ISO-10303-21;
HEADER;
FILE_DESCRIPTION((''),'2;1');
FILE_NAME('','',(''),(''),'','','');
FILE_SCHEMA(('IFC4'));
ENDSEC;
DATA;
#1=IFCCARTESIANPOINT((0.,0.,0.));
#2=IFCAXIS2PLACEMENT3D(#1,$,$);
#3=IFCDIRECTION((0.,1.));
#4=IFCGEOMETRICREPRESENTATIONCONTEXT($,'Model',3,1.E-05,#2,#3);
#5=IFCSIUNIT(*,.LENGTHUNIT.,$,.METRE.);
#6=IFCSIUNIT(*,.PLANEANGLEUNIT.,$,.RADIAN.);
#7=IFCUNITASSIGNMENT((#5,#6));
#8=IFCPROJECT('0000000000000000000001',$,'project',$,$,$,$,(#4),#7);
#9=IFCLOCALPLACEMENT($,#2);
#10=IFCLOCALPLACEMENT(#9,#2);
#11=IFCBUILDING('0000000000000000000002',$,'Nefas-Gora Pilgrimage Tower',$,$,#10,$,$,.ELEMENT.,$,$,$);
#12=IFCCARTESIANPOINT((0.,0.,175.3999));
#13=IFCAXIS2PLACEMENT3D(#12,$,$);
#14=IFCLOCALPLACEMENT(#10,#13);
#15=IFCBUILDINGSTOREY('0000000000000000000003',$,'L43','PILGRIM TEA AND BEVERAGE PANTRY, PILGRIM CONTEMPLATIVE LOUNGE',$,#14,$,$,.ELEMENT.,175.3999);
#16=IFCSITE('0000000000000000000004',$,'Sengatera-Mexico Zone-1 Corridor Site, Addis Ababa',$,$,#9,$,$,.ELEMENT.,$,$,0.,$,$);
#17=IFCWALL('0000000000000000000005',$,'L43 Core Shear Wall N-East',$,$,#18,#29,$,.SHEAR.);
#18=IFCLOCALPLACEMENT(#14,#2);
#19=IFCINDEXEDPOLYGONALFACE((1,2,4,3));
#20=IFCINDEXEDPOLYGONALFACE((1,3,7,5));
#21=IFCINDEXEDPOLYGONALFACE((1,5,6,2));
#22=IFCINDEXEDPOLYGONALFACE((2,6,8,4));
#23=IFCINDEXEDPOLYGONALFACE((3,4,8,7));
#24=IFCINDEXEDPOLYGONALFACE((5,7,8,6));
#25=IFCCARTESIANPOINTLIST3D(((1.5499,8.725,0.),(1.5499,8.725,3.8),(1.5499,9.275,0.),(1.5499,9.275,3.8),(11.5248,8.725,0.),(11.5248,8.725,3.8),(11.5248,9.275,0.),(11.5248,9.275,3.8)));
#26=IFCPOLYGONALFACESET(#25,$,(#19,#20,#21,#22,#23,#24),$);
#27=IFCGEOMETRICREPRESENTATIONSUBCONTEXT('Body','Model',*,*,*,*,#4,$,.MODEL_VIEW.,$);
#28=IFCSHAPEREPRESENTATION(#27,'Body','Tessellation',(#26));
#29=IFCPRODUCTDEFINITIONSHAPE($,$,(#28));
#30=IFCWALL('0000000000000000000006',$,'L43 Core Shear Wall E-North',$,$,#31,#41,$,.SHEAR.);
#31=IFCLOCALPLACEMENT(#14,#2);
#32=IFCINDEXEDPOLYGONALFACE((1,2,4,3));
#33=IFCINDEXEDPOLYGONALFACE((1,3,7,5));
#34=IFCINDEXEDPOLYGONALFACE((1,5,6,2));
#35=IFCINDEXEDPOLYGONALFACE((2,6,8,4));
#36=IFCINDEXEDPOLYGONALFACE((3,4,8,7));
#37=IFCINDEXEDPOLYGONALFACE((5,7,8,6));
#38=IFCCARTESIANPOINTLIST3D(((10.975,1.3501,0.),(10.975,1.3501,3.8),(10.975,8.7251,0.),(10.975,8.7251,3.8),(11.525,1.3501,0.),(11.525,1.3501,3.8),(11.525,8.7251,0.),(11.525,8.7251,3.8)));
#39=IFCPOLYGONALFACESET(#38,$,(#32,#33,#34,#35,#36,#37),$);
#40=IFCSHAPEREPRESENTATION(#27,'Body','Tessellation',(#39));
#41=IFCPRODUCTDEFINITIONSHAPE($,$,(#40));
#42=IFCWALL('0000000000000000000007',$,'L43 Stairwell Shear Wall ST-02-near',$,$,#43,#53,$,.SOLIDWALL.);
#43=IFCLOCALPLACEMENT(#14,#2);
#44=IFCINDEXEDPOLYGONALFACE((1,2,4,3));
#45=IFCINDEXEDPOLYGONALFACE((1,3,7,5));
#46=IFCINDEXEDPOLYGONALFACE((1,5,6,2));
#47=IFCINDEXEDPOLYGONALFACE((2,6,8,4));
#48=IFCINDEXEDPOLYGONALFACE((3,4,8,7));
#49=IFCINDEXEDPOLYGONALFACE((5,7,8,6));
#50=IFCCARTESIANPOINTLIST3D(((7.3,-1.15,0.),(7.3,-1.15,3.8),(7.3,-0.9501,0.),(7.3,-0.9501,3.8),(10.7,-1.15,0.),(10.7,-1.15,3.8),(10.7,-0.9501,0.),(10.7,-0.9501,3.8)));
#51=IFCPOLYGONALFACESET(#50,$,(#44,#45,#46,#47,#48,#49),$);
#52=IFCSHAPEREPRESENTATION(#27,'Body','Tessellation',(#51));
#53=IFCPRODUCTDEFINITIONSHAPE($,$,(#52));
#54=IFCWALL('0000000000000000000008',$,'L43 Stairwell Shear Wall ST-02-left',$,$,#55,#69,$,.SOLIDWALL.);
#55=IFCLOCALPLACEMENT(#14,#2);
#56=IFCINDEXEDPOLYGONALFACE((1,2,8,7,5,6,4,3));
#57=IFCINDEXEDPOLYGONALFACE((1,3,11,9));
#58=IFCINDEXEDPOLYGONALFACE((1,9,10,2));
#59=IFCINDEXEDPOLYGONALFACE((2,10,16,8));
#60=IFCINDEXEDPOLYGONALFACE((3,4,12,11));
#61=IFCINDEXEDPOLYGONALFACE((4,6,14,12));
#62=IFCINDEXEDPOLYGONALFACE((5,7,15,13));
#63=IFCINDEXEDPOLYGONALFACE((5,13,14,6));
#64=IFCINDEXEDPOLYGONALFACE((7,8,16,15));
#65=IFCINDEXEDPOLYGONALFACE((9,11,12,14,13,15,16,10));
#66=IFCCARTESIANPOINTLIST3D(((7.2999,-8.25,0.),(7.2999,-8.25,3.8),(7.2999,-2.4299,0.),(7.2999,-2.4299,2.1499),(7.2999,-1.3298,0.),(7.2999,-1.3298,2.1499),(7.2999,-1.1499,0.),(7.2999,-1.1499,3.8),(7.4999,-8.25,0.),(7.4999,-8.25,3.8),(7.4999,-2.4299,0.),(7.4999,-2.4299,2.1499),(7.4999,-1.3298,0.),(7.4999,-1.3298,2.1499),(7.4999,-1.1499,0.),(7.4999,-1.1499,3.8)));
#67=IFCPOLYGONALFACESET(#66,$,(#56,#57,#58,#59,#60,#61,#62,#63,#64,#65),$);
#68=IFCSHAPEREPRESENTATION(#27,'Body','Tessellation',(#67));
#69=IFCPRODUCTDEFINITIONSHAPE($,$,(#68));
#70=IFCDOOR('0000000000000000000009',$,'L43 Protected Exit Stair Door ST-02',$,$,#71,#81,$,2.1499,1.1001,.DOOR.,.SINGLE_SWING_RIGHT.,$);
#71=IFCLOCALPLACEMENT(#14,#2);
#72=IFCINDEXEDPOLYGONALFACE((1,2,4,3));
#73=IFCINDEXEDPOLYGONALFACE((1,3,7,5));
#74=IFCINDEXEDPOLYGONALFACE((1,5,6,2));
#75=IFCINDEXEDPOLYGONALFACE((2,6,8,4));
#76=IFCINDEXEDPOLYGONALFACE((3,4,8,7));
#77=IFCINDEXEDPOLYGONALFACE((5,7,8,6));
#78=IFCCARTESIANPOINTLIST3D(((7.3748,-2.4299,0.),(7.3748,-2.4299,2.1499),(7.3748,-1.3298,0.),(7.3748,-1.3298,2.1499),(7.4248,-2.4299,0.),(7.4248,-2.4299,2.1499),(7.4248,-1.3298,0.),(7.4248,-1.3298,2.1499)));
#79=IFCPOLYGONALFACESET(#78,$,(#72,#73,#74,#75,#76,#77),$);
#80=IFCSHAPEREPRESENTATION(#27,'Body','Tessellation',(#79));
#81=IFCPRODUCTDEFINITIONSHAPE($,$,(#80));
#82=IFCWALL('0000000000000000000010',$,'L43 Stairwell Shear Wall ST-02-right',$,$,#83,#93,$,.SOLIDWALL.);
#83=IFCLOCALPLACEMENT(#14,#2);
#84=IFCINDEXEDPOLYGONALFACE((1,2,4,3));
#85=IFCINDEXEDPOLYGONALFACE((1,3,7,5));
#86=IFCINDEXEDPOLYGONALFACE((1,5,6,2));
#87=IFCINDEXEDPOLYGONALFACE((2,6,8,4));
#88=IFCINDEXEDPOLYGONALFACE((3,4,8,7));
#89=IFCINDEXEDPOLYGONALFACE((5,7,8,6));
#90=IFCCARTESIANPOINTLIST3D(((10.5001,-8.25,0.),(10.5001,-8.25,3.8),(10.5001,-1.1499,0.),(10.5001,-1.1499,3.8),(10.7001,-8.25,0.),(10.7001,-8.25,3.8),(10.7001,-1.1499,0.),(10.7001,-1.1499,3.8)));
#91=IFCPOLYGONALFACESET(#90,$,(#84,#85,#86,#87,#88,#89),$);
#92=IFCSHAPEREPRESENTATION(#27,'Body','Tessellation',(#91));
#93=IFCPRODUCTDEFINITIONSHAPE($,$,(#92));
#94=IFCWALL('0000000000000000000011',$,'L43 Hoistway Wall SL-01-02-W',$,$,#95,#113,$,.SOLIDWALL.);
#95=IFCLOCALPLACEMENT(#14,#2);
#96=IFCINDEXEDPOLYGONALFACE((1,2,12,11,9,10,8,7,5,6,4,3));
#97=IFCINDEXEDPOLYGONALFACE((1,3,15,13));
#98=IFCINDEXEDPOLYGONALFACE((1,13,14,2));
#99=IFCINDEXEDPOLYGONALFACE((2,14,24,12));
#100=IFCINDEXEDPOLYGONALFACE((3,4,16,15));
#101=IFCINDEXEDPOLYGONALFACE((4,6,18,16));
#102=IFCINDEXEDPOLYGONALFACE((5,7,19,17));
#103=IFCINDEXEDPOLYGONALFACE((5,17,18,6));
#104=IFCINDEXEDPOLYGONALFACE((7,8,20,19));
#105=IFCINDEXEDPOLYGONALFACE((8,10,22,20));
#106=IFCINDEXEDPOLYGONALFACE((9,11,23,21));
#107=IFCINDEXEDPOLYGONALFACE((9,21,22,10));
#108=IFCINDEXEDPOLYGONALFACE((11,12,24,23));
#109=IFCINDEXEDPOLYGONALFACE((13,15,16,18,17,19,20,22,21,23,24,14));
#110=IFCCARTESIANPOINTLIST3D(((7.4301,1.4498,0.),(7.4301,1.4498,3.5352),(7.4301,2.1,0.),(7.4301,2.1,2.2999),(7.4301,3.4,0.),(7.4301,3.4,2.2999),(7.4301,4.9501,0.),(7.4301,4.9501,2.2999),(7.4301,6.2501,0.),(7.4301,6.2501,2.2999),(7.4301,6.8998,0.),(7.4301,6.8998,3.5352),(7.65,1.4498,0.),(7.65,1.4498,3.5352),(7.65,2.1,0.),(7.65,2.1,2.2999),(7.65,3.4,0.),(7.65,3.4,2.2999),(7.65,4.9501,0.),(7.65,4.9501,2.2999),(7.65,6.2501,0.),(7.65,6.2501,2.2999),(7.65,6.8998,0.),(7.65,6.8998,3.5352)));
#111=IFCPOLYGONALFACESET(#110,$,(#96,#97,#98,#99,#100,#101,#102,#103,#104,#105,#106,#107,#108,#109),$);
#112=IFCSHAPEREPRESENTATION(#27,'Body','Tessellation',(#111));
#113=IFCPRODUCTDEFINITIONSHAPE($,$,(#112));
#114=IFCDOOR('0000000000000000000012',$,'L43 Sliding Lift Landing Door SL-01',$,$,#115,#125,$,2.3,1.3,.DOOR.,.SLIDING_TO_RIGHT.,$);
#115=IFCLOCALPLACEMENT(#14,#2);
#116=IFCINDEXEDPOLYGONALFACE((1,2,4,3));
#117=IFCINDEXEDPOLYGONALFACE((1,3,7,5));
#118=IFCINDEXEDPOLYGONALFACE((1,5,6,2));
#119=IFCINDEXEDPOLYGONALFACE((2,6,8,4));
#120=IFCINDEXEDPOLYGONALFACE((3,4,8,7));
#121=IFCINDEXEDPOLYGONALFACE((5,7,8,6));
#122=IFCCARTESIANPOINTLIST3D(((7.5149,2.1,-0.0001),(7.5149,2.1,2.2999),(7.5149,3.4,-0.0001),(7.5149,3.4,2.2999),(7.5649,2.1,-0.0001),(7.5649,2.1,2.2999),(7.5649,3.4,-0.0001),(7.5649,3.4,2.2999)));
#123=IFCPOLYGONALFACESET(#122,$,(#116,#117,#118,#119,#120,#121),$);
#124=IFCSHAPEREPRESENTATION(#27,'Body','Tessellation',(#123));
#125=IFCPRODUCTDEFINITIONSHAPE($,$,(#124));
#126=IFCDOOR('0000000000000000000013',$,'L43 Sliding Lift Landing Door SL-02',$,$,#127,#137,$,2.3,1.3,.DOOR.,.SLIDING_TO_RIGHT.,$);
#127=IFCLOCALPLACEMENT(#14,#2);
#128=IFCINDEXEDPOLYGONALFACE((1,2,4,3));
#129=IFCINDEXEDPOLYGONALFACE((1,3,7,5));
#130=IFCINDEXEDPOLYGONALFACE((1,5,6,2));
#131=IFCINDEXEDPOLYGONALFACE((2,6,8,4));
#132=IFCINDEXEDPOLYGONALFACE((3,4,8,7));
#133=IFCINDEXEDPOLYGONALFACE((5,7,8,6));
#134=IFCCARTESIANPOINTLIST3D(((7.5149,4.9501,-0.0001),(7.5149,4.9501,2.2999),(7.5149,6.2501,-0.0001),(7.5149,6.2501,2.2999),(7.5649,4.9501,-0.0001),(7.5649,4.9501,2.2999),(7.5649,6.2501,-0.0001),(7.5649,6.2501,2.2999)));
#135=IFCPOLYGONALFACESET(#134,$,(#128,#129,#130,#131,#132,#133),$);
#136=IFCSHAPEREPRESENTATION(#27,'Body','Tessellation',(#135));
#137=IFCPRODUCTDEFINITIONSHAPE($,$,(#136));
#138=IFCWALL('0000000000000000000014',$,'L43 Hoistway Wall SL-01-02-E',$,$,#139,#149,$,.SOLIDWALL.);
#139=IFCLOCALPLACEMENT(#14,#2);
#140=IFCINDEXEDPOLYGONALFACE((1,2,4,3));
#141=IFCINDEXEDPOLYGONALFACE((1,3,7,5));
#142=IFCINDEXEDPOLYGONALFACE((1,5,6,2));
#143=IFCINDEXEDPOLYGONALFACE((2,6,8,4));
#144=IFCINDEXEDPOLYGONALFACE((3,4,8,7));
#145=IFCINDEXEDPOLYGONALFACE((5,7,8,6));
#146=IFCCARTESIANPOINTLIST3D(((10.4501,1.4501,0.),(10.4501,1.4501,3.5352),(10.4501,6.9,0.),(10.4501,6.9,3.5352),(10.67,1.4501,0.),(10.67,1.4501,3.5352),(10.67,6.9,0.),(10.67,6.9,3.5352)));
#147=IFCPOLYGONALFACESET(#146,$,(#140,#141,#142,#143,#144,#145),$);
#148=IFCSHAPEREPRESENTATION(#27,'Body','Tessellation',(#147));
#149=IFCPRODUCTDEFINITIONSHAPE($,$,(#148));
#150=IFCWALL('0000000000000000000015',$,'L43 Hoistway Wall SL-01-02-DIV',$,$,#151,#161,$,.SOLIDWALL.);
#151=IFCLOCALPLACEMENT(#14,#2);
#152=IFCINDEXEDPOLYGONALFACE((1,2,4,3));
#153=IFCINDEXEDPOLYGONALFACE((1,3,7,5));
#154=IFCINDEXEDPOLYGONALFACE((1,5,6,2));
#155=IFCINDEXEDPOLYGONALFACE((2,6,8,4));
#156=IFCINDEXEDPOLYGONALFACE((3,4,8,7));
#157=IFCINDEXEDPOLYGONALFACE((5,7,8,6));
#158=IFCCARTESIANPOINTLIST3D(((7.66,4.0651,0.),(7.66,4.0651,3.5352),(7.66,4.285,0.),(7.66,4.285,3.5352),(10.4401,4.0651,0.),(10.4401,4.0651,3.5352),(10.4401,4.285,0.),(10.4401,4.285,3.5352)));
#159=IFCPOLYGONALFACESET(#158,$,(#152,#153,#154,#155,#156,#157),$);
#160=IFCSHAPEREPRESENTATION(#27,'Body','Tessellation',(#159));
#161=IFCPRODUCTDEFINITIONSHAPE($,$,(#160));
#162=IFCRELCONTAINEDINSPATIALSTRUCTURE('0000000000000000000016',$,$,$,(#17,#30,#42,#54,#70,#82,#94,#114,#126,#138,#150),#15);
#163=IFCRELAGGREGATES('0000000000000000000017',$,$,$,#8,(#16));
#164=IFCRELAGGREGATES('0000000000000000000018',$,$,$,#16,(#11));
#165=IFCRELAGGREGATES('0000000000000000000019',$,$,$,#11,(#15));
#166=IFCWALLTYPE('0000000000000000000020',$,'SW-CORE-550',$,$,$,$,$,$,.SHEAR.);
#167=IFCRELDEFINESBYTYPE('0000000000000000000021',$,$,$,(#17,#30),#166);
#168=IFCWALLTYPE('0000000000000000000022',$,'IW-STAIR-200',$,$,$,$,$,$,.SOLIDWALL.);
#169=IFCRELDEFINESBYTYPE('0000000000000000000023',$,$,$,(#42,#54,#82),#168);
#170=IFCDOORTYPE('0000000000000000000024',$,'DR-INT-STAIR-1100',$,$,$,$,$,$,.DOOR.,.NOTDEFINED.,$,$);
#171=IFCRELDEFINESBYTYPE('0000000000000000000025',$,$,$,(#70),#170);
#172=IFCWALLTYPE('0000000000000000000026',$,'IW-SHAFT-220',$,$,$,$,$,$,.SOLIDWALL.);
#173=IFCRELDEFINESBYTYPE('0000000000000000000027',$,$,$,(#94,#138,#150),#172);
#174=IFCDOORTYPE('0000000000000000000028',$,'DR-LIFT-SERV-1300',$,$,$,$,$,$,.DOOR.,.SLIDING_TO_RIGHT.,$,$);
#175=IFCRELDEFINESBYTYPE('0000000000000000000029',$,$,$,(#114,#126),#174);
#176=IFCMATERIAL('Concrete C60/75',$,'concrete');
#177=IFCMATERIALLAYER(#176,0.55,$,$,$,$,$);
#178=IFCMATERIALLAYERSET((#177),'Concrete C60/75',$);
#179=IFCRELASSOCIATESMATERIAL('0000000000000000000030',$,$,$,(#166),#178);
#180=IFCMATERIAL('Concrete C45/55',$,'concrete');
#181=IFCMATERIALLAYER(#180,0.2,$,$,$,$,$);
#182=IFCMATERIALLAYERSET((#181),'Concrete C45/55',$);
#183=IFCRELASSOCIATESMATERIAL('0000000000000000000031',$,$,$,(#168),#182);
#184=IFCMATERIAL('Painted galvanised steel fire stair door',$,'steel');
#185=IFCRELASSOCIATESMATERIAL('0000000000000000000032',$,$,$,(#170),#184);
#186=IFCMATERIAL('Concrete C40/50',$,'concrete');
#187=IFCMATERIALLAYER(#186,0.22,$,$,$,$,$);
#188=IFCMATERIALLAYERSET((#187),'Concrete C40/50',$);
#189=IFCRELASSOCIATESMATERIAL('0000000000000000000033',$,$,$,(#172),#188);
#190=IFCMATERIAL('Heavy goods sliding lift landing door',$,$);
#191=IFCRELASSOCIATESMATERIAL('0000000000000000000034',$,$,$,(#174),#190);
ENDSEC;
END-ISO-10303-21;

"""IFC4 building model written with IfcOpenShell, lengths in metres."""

from ifc_helpers import new_model, si_unit, direction, frame, frame_2d, origin, place, context, subcontext, project, spatial, rectangle, extrude, source, transform, mapped, material, layer, layer_set, type_object, element, fill, save


model = new_model("IFC4")

# Units and contexts
model_context = context("Model", 3, precision=1e-05, world=origin(), true_north=direction((0.0, 1.0)))
body_context = subcontext(model_context, "Body", "Model", "MODEL_VIEW")
ifc_project = project(units=[si_unit("LENGTHUNIT", "METRE"), si_unit("PLANEANGLEUNIT", "RADIAN")], contexts=[model_context])

# Site, building, storey
site_placement = place(None, origin())
site = spatial("IfcSite", under=ifc_project, at=site_placement, Name="Sengatera-Mexico Zone-1 Corridor Site, Addis Ababa", CompositionType="ELEMENT", RefElevation=0.0)
building_placement = place(site_placement, origin())
building = spatial("IfcBuilding", under=site, at=building_placement, Name="Nefas-Gora Pilgrimage Tower", CompositionType="ELEMENT")
storey_placement = place(building_placement, frame((0.0, 0.0, 175.3999)))
storey = spatial("IfcBuildingStorey", under=building, at=storey_placement, Name="L43", Description="PILGRIM TEA AND BEVERAGE PANTRY, PILGRIM CONTEMPLATIVE LOUNGE", CompositionType="ELEMENT", Elevation=175.3999)

# Shared definitions
ifc_material_1 = material(Name="Concrete C40/50", Category="concrete")

# Shared definitions
ifc_material_2 = material(Name="Concrete C45/55", Category="concrete")

# Walls
ifc_material_3 = material(Name="Concrete C60/75", Category="concrete")
ifc_layer_1 = layer(ifc_material_3, 0.55)
ifc_layer_set_1 = layer_set([ifc_layer_1], Name="Concrete C60/75")
wall_type_1 = type_object("IfcWallType", Name="SW-CORE-550", PredefinedType="SHEAR", material=ifc_layer_set_1)
shared_shape_1 = source(origin(), body_context, "Body", "SweptSolid", [
    extrude(rectangle(XDim=9.9749, YDim=0.55, at=frame_2d((4.9873, 0.0))), origin(), (0.0, 0.0, 1.0), 3.8),
])
wall_1_placement = place(storey_placement, frame((1.55, 9.0, 0.0), z_axis=(0.0, 0.0, 1.0), x_axis=(1.0, 0.0, 0.0)))
element("IfcWall", 1, at=wall_1_placement, inside=storey, type_object=wall_type_1, Name="L43 Core Shear Wall N-East", PredefinedType="SHEAR", context=body_context, shape_type="MappedRepresentation", body=[
    mapped(shared_shape_1, transform((0.0, 0.0, 0.0), x_axis=(1.0, 0.0, 0.0), y_axis=(0.0, 1.0, 0.0), z_axis=(0.0, 0.0, 1.0), scale=1.0)),
])
shared_shape_2 = source(origin(), body_context, "Body", "SweptSolid", [
    extrude(rectangle(XDim=7.375, YDim=0.55, at=frame_2d((3.6875, 0.0))), origin(), (0.0, 0.0, 1.0), 3.8),
])
wall_2_placement = place(storey_placement, frame((11.25, 1.3501, 0.0), z_axis=(0.0, 0.0, 1.0), x_axis=(0.0, 1.0, 0.0)))
element("IfcWall", 2, at=wall_2_placement, inside=storey, type_object=wall_type_1, Name="L43 Core Shear Wall E-North", PredefinedType="SHEAR", context=body_context, shape_type="MappedRepresentation", body=[
    mapped(shared_shape_2, transform((0.0, 0.0, 0.0), x_axis=(1.0, 0.0, 0.0), y_axis=(0.0, 1.0, 0.0), z_axis=(0.0, 0.0, 1.0), scale=1.0)),
])
ifc_layer_2 = layer(ifc_material_2, 0.2)
ifc_layer_set_2 = layer_set([ifc_layer_2], Name="Concrete C45/55")
wall_type_2 = type_object("IfcWallType", Name="IW-STAIR-200", PredefinedType="SOLIDWALL", material=ifc_layer_set_2)
shared_shape_3 = source(origin(), body_context, "Body", "SweptSolid", [
    extrude(rectangle(XDim=3.3999, YDim=0.2, at=frame_2d((1.7, 0.0))), origin(), (0.0, 0.0, 1.0), 3.8),
])
wall_3_placement = place(storey_placement, frame((7.3, -1.05, 0.0), z_axis=(0.0, 0.0, 1.0), x_axis=(1.0, 0.0, 0.0)))
element("IfcWall", 3, at=wall_3_placement, inside=storey, type_object=wall_type_2, Name="L43 Stairwell Shear Wall ST-02-near", PredefinedType="SOLIDWALL", context=body_context, shape_type="MappedRepresentation", body=[
    mapped(shared_shape_3, transform((0.0, 0.0, 0.0), x_axis=(1.0, 0.0, 0.0), y_axis=(0.0, 1.0, 0.0), z_axis=(0.0, 0.0, 1.0), scale=1.0)),
])

# Wall, opening, door
shared_shape_4 = source(origin(), body_context, "Body", "SweptSolid", [
    extrude(rectangle(XDim=7.1001, YDim=0.2, at=frame_2d((3.55, 0.0))), origin(), (0.0, 0.0, 1.0), 3.8),
])
wall_4_placement = place(storey_placement, frame((7.3999, -1.1499, 0.0), z_axis=(0.0, 0.0, 1.0), x_axis=(0.0, -1.0, 0.0)))
wall_4 = element("IfcWall", 4, at=wall_4_placement, inside=storey, type_object=wall_type_2, Name="L43 Stairwell Shear Wall ST-02-left", PredefinedType="SOLIDWALL", context=body_context, shape_type="MappedRepresentation", body=[
    mapped(shared_shape_4, transform((0.0, 0.0, 0.0), x_axis=(1.0, 0.0, 0.0), y_axis=(0.0, 1.0, 0.0), z_axis=(0.0, 0.0, 1.0), scale=1.0)),
])
opening_1_placement = place(wall_4_placement, frame((0.1799, 0.0, 0.0)))
opening_1 = element("IfcOpeningElement", 5, at=opening_1_placement, cuts=wall_4, PredefinedType="OPENING", context=body_context, shape_type="SweptSolid", body=[
    extrude(rectangle(XDim=1.1001, YDim=2.1499, at=frame_2d((0.55, 1.075))), frame((0.0, 0.1099, 0.0), z_axis=(0.0, -1.0, 0.0), x_axis=(1.0, 0.0, 0.0)), (0.0, 0.0, 1.0), 0.22),
])
ifc_material_4 = material(Name="Painted galvanised steel fire stair door", Category="steel")
door_type_1 = type_object("IfcDoorType", Name="DR-INT-STAIR-1100", OperationType="NOTDEFINED", PredefinedType="DOOR", material=ifc_material_4)
shared_shape_5 = source(origin(), body_context, "Body", "SweptSolid", [
    extrude(rectangle(XDim=1.1001, YDim=2.1499, at=frame_2d((0.55, 1.075))), frame((0.0, 0.0249, 0.0), z_axis=(0.0, -1.0, 0.0), x_axis=(1.0, 0.0, 0.0)), (0.0, 0.0, 1.0), 0.05),
])
door_1_placement = place(opening_1_placement, origin())
door_1 = element("IfcDoor", 6, at=door_1_placement, inside=storey, type_object=door_type_1, Name="L43 Protected Exit Stair Door ST-02", OperationType="SINGLE_SWING_RIGHT", OverallHeight=2.1499, OverallWidth=1.1001, PredefinedType="DOOR", context=body_context, shape_type="MappedRepresentation", body=[
    mapped(shared_shape_5, transform((0.0, 0.0, 0.0), x_axis=(1.0, 0.0, 0.0), y_axis=(0.0, 1.0, 0.0), z_axis=(0.0, 0.0, 1.0), scale=1.0)),
])
fill(opening_1, door_1)

# Wall
wall_5_placement = place(storey_placement, frame((10.6001, -1.1499, 0.0), z_axis=(0.0, 0.0, 1.0), x_axis=(0.0, -1.0, 0.0)))
element("IfcWall", 7, at=wall_5_placement, inside=storey, type_object=wall_type_2, Name="L43 Stairwell Shear Wall ST-02-right", PredefinedType="SOLIDWALL", context=body_context, shape_type="MappedRepresentation", body=[
    mapped(shared_shape_4, transform((0.0, 0.0, 0.0), x_axis=(1.0, 0.0, 0.0), y_axis=(0.0, 1.0, 0.0), z_axis=(0.0, 0.0, 1.0), scale=1.0)),
])

# Wall, openings, doors
ifc_layer_3 = layer(ifc_material_1, 0.22)
ifc_layer_set_3 = layer_set([ifc_layer_3], Name="Concrete C40/50")
wall_type_3 = type_object("IfcWallType", Name="IW-SHAFT-220", PredefinedType="SOLIDWALL", material=ifc_layer_set_3)
shared_shape_6 = source(origin(), body_context, "Body", "SweptSolid", [
    extrude(rectangle(XDim=5.45, YDim=0.22, at=frame_2d((2.7251, 0.0))), origin(), (0.0, 0.0, 1.0), 3.5352),
])
wall_6_placement = place(storey_placement, frame((7.54, 6.8999, 0.0), z_axis=(0.0, 0.0, 1.0), x_axis=(0.0, -1.0, 0.0)))
wall_6 = element("IfcWall", 8, at=wall_6_placement, inside=storey, type_object=wall_type_3, Name="L43 Hoistway Wall SL-01-02-W", PredefinedType="SOLIDWALL", context=body_context, shape_type="MappedRepresentation", body=[
    mapped(shared_shape_6, transform((0.0, 0.0, 0.0), x_axis=(1.0, 0.0, 0.0), y_axis=(0.0, 1.0, 0.0), z_axis=(0.0, 0.0, 1.0), scale=1.0)),
])
opening_2_placement = place(wall_6_placement, frame((3.5, 0.0, 0.0)))
opening_2 = element("IfcOpeningElement", 9, at=opening_2_placement, cuts=wall_6, PredefinedType="OPENING", context=body_context, shape_type="SweptSolid", body=[
    extrude(rectangle(XDim=1.3, YDim=2.3, at=frame_2d((0.6499, 1.1499))), frame((0.0, 0.1199, 0.0), z_axis=(0.0, -1.0, 0.0), x_axis=(1.0, 0.0, 0.0)), (0.0, 0.0, 1.0), 0.24),
])
opening_3_placement = place(wall_6_placement, frame((0.6499, 0.0, 0.0)))
opening_3 = element("IfcOpeningElement", 10, at=opening_3_placement, cuts=wall_6, PredefinedType="OPENING", context=body_context, shape_type="SweptSolid", body=[
    extrude(rectangle(XDim=1.3, YDim=2.3, at=frame_2d((0.6499, 1.1499))), frame((0.0, 0.1199, 0.0), z_axis=(0.0, -1.0, 0.0), x_axis=(1.0, 0.0, 0.0)), (0.0, 0.0, 1.0), 0.24),
])
ifc_material_5 = material(Name="Heavy goods sliding lift landing door")
door_type_2 = type_object("IfcDoorType", Name="DR-LIFT-SERV-1300", OperationType="SLIDING_TO_RIGHT", PredefinedType="DOOR", material=ifc_material_5)
shared_shape_7 = source(origin(), body_context, "Body", "SweptSolid", [
    extrude(rectangle(XDim=1.3, YDim=2.3, at=frame_2d((0.6499, 1.1499))), frame((0.0, 0.0249, 0.0), z_axis=(0.0, -1.0, 0.0), x_axis=(1.0, 0.0, 0.0)), (0.0, 0.0, 1.0), 0.05),
])
door_2_placement = place(opening_2_placement, origin())
door_2 = element("IfcDoor", 11, at=door_2_placement, inside=storey, type_object=door_type_2, Name="L43 Sliding Lift Landing Door SL-01", OperationType="SLIDING_TO_RIGHT", OverallHeight=2.3, OverallWidth=1.3, PredefinedType="DOOR", context=body_context, shape_type="MappedRepresentation", body=[
    mapped(shared_shape_7, transform((0.0, 0.0, 0.0), x_axis=(1.0, 0.0, 0.0), y_axis=(0.0, 1.0, 0.0), z_axis=(0.0, 0.0, 1.0), scale=1.0)),
])
fill(opening_2, door_2)
door_3_placement = place(opening_3_placement, origin())
door_3 = element("IfcDoor", 12, at=door_3_placement, inside=storey, type_object=door_type_2, Name="L43 Sliding Lift Landing Door SL-02", OperationType="SLIDING_TO_RIGHT", OverallHeight=2.3, OverallWidth=1.3, PredefinedType="DOOR", context=body_context, shape_type="MappedRepresentation", body=[
    mapped(shared_shape_7, transform((0.0, 0.0, 0.0), x_axis=(1.0, 0.0, 0.0), y_axis=(0.0, 1.0, 0.0), z_axis=(0.0, 0.0, 1.0), scale=1.0)),
])
fill(opening_3, door_3)

# Walls
wall_7_placement = place(storey_placement, frame((10.5601, 1.45, 0.0), z_axis=(0.0, 0.0, 1.0), x_axis=(0.0, 1.0, 0.0)))
element("IfcWall", 13, at=wall_7_placement, inside=storey, type_object=wall_type_3, Name="L43 Hoistway Wall SL-01-02-E", PredefinedType="SOLIDWALL", context=body_context, shape_type="MappedRepresentation", body=[
    mapped(shared_shape_6, transform((0.0, 0.0, 0.0), x_axis=(1.0, 0.0, 0.0), y_axis=(0.0, 1.0, 0.0), z_axis=(0.0, 0.0, 1.0), scale=1.0)),
])
shared_shape_8 = source(origin(), body_context, "Body", "SweptSolid", [
    extrude(rectangle(XDim=2.78, YDim=0.22, at=frame_2d((1.3901, 0.0))), origin(), (0.0, 0.0, 1.0), 3.5352),
])
for number, where, z_axis, x_axis, name in (
    (14, (7.6599, 4.175, 0.0), (0.0, 0.0, 1.0), (1.0, 0.0, 0.0), "L43 Hoistway Wall SL-01-02-DIV"),
):
    element("IfcWall", number, at=place(storey_placement, frame(where, z_axis=z_axis, x_axis=x_axis)), inside=storey, type_object=wall_type_3, Name=name, PredefinedType="SOLIDWALL", context=body_context, shape_type="MappedRepresentation", body=[
        mapped(shared_shape_8, transform((0.0, 0.0, 0.0), x_axis=(1.0, 0.0, 0.0), y_axis=(0.0, 1.0, 0.0), z_axis=(0.0, 0.0, 1.0), scale=1.0)),
    ])

save(model, "model.ifc")
